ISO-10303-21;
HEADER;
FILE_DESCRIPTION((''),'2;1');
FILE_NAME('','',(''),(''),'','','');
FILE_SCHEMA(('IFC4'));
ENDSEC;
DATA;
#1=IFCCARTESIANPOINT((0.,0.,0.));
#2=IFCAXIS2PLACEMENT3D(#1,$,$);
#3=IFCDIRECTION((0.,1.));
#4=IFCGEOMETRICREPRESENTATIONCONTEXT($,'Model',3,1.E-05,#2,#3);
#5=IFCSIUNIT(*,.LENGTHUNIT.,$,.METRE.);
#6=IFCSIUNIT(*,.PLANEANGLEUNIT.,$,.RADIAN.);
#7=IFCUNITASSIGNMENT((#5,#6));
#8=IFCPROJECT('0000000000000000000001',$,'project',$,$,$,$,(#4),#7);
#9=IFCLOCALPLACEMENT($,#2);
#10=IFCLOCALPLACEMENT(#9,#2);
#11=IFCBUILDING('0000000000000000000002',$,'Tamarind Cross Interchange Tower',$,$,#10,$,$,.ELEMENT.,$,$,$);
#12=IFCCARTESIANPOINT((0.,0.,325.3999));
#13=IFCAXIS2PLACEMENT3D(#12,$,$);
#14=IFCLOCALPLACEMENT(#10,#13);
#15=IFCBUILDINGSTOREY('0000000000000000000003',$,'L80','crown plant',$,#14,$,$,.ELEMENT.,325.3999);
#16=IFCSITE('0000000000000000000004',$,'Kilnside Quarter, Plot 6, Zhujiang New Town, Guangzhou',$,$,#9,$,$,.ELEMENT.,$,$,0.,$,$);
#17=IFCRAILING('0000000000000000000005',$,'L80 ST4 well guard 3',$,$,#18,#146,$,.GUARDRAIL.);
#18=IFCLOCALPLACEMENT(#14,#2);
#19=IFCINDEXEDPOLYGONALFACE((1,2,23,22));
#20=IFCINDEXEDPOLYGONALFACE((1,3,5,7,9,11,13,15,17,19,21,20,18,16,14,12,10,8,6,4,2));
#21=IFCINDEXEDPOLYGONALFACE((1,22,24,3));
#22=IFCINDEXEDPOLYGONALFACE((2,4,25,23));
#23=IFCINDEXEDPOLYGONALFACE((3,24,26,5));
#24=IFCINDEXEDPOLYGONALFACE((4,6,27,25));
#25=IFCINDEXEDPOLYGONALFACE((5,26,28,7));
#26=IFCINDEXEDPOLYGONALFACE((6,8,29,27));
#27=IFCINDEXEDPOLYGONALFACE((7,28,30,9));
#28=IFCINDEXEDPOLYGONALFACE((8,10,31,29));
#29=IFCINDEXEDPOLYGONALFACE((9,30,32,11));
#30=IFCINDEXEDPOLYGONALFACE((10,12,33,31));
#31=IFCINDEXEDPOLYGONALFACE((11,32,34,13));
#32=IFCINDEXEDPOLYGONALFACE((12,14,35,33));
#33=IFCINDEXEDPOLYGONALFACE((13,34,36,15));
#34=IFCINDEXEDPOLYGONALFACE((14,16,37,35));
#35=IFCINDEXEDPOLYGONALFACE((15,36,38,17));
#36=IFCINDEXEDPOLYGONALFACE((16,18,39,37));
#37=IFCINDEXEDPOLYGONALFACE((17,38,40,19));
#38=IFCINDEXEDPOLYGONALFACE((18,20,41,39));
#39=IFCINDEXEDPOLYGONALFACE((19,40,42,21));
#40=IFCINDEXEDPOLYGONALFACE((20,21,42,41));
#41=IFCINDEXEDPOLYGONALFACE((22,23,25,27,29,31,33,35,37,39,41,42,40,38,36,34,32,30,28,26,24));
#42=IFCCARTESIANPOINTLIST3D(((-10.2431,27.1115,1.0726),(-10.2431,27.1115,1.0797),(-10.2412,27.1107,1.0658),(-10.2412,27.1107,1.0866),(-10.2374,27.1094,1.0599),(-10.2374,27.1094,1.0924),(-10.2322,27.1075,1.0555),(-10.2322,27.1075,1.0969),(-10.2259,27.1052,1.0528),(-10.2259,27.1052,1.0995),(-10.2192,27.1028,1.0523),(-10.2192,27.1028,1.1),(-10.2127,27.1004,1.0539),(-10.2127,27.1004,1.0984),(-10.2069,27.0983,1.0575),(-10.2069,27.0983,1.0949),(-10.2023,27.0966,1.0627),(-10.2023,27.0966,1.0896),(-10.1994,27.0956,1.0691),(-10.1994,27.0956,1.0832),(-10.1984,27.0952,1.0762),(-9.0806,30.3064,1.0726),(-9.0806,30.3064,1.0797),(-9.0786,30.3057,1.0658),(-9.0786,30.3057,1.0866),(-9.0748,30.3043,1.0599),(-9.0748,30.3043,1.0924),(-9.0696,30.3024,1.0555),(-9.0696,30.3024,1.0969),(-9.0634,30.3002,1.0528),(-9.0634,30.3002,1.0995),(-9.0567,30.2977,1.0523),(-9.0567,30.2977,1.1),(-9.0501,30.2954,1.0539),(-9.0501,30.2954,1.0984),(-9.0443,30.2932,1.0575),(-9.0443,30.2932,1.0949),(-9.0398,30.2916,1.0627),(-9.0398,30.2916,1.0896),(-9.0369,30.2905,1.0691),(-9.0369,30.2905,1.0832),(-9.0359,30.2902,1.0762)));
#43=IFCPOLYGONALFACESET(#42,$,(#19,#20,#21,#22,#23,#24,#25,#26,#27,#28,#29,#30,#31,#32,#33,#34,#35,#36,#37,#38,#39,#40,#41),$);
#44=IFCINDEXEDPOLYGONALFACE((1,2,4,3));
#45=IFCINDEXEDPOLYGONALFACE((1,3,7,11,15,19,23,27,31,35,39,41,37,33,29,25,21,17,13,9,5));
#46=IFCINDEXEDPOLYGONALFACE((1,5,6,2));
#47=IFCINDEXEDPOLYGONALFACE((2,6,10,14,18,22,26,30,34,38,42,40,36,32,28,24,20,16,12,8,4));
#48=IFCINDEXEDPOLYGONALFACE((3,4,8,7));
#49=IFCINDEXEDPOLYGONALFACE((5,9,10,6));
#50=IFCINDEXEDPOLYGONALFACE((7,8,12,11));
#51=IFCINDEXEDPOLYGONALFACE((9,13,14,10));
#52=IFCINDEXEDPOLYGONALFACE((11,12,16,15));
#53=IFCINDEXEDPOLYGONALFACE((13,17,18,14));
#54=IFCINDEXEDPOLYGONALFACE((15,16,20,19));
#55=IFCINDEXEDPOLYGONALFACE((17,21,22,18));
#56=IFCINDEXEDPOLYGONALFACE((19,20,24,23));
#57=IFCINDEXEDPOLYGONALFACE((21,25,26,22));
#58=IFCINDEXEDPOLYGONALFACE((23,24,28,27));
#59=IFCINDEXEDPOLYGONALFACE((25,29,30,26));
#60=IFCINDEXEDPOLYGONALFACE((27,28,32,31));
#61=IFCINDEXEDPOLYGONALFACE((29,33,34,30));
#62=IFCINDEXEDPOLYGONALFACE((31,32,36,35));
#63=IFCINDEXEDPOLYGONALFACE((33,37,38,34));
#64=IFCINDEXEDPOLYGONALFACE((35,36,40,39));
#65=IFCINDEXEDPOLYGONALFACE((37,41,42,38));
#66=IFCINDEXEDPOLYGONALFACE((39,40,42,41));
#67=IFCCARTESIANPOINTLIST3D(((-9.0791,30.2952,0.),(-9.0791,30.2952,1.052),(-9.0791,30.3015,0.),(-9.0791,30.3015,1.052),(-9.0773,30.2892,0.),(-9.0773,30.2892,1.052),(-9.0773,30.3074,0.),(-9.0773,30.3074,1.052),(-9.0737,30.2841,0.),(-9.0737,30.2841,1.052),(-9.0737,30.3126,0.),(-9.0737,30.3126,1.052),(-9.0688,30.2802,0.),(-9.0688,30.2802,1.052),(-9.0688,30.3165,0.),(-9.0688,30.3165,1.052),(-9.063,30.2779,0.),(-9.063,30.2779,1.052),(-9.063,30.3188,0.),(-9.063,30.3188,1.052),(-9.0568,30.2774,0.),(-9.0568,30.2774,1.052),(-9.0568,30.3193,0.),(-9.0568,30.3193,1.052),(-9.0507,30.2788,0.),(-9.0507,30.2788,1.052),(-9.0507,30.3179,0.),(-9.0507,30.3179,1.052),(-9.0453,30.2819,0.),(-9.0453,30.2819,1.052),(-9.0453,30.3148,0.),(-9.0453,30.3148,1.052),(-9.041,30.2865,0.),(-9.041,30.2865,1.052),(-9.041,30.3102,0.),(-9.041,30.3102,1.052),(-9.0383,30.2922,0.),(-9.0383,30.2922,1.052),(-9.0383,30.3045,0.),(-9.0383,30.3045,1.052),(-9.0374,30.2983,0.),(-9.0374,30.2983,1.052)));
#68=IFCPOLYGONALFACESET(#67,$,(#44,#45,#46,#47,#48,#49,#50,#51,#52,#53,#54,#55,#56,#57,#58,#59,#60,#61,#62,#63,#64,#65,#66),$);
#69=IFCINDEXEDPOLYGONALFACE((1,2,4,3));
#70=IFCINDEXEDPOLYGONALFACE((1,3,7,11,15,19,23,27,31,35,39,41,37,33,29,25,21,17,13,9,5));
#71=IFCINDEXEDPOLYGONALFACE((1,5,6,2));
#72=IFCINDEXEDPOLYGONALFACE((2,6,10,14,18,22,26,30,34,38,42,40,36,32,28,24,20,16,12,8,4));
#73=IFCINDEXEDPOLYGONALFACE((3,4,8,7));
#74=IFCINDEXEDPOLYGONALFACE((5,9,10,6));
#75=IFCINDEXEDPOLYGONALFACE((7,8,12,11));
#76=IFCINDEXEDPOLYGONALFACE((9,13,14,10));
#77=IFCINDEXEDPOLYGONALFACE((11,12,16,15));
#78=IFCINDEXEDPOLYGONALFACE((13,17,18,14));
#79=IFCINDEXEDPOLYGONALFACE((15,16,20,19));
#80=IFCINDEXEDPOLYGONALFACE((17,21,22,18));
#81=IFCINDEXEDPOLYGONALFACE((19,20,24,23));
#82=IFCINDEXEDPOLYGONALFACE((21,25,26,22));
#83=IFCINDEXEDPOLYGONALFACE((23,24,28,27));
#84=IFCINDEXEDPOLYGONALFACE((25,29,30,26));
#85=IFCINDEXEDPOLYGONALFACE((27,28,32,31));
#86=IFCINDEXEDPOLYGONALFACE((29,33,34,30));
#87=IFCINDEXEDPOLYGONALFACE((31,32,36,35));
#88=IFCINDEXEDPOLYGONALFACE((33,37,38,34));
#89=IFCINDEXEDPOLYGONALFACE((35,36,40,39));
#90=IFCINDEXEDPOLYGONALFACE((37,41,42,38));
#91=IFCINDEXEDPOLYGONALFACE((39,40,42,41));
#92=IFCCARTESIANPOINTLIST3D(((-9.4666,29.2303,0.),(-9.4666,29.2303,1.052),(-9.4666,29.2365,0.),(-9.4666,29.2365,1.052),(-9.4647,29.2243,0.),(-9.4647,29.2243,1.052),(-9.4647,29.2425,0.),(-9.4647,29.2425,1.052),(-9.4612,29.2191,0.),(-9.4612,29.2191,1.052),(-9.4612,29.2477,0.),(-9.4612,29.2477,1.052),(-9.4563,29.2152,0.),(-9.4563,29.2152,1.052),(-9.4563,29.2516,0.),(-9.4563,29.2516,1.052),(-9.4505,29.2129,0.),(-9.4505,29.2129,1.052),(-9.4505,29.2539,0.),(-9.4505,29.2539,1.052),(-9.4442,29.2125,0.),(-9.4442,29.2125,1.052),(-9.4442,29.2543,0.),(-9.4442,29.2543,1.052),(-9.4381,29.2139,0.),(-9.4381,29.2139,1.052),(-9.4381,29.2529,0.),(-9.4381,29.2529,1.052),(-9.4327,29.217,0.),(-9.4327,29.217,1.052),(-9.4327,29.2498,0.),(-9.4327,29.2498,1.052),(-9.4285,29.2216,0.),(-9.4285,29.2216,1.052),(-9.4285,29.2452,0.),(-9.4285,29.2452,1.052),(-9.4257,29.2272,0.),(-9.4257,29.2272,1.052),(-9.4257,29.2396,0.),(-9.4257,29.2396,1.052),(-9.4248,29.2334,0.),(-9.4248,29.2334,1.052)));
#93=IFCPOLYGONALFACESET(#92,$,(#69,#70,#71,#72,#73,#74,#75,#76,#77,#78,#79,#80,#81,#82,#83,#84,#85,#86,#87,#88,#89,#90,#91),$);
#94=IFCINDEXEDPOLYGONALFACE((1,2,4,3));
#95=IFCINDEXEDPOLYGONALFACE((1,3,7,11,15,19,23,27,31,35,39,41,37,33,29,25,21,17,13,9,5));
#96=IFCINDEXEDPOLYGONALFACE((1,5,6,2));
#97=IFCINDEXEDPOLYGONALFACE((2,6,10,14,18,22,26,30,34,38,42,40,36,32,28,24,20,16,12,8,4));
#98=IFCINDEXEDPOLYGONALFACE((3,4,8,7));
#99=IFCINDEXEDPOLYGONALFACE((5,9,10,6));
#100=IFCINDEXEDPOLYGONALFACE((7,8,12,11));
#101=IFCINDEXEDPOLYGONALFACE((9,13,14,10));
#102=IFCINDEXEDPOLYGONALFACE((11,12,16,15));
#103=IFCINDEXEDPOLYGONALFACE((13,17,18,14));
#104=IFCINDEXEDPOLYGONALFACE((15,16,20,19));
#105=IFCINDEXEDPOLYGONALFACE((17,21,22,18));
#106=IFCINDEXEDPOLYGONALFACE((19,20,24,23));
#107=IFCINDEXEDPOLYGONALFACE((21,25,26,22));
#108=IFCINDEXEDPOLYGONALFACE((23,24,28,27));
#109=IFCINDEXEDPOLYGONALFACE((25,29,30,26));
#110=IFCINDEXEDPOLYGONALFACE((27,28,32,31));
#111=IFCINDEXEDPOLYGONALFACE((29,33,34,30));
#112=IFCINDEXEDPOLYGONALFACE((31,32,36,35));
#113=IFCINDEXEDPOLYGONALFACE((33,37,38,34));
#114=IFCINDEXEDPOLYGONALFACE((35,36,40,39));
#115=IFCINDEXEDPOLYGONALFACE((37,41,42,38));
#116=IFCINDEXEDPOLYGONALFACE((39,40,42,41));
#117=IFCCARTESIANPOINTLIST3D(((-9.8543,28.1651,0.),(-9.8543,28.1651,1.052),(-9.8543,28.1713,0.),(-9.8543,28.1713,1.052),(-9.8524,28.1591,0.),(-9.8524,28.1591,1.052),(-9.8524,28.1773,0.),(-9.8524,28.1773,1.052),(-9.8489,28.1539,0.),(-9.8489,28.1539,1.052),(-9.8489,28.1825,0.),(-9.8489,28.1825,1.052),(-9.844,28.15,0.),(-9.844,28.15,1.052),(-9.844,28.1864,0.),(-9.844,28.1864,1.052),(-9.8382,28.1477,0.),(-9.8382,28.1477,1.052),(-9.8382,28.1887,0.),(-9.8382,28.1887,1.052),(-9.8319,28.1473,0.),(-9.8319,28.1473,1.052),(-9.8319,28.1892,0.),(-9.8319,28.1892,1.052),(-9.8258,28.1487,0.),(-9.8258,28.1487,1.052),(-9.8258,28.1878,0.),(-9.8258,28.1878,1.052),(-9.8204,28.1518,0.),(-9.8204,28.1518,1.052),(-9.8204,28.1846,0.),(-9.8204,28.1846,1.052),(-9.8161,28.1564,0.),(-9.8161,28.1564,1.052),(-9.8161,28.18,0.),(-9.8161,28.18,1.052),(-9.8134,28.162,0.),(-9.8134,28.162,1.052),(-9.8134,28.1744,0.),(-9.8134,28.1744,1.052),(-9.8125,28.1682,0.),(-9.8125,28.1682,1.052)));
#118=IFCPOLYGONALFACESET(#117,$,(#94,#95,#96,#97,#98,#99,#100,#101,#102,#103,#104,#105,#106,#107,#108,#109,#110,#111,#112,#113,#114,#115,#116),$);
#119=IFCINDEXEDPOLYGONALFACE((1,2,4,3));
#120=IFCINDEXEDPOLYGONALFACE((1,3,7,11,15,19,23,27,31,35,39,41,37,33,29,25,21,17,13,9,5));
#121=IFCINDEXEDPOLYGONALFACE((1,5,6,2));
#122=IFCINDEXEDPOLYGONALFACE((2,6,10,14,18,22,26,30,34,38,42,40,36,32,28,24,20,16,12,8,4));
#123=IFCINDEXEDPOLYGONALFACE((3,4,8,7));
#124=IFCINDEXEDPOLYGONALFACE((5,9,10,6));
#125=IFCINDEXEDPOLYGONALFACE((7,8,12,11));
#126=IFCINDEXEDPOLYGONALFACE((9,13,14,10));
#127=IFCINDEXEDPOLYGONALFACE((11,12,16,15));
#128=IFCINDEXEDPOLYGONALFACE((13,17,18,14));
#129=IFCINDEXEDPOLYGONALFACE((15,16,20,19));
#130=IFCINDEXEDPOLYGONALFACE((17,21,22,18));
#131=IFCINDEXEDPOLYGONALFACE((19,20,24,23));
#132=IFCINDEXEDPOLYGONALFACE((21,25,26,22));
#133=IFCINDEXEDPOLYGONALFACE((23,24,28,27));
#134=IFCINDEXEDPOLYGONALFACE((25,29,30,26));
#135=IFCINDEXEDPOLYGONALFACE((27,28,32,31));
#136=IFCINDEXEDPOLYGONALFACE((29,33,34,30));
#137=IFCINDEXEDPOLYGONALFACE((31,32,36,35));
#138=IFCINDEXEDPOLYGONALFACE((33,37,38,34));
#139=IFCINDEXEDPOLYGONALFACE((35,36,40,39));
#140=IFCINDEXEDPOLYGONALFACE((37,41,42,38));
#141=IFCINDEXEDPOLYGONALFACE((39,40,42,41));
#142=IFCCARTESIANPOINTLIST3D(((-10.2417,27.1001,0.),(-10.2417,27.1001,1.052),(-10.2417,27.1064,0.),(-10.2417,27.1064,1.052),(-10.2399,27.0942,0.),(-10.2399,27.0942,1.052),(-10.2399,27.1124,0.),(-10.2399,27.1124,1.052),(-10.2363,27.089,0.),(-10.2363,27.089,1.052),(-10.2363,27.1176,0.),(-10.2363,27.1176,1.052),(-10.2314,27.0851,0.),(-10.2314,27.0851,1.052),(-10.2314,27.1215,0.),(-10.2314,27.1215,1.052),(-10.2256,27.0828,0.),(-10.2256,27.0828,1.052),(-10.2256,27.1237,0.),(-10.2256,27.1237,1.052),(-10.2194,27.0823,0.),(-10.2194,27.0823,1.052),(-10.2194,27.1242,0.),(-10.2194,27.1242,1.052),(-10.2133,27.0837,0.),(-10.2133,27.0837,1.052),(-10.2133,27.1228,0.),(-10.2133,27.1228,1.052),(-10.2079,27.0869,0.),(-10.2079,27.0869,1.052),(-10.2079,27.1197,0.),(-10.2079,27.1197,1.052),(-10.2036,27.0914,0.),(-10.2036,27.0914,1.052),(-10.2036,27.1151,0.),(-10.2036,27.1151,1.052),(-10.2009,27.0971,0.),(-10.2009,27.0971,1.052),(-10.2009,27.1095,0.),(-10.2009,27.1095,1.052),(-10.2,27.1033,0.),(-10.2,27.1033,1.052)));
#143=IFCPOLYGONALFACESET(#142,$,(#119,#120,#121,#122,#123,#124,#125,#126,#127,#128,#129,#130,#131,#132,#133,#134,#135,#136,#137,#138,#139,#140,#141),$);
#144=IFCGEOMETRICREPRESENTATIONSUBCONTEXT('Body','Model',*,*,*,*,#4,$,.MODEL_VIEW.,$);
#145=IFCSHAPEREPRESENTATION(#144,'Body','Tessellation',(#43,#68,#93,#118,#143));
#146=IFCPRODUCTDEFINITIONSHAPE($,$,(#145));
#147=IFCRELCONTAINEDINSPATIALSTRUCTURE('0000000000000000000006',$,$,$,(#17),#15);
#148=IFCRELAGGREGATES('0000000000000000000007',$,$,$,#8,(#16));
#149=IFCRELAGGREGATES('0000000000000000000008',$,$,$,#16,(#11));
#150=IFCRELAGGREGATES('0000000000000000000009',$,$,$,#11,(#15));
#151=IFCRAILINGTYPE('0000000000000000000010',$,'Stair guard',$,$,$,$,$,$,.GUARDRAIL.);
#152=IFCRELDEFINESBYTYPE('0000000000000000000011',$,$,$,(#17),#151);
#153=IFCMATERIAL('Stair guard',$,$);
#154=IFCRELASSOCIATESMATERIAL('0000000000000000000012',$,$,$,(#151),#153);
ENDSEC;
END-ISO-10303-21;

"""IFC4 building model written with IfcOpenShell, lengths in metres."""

from ifc_helpers import new_model, si_unit, direction, frame, origin, origin_2d, place, context, subcontext, project, spatial, circle, extrude, material, type_object, element, save


model = new_model("IFC4")

# Units and contexts
model_context = context("Model", 3, precision=1e-05, world=origin(), true_north=direction((0.0, 1.0)))
body_context = subcontext(model_context, "Body", "Model", "MODEL_VIEW")
ifc_project = project(units=[si_unit("LENGTHUNIT", "METRE"), si_unit("PLANEANGLEUNIT", "RADIAN")], contexts=[model_context])

# Site, building, storey
site_placement = place(None, origin())
site = spatial("IfcSite", under=ifc_project, at=site_placement, Name="Kilnside Quarter, Plot 6, Zhujiang New Town, Guangzhou", CompositionType="ELEMENT", RefElevation=0.0)
building_placement = place(site_placement, origin())
building = spatial("IfcBuilding", under=site, at=building_placement, Name="Tamarind Cross Interchange Tower", CompositionType="ELEMENT")
storey_placement = place(building_placement, frame((0.0, 0.0, 325.3999)))
storey = spatial("IfcBuildingStorey", under=building, at=storey_placement, Name="L80", Description="crown plant", CompositionType="ELEMENT", Elevation=325.3999)

# Railing
ifc_material_1 = material(Name="Stair guard")
railing_type = type_object("IfcRailingType", Name="Stair guard", PredefinedType="GUARDRAIL", material=ifc_material_1)
railing_1_placement = place(storey_placement, frame((-9.0583, 30.2983, 0.0)))
element("IfcRailing", 1, at=railing_1_placement, inside=storey, type_object=railing_type, Name="L80 ST4 well guard 3", PredefinedType="GUARDRAIL", context=body_context, shape_type="SweptSolid", body=[
    extrude(circle(Radius=0.0239, at=origin_2d()), frame((0.0, 0.0, 1.0762), z_axis=(-0.341939, -0.939722, 0.0), x_axis=(0.939722, -0.341939, 0.0)), (0.0, 0.0, 1.0), 3.3999),
    extrude(circle(Radius=0.021, at=origin_2d()), origin(), (0.0, 0.0, 1.0), 1.052),
    extrude(circle(Radius=0.021, at=origin_2d()), frame((-0.3875, -1.0649, 0.0)), (0.0, 0.0, 1.0), 1.052),
    extrude(circle(Radius=0.021, at=origin_2d()), frame((-0.7751, -2.1301, 0.0)), (0.0, 0.0, 1.0), 1.052),
    extrude(circle(Radius=0.021, at=origin_2d()), frame((-1.1626, -3.1951, 0.0)), (0.0, 0.0, 1.0), 1.052),
])

save(model, "model.ifc")
